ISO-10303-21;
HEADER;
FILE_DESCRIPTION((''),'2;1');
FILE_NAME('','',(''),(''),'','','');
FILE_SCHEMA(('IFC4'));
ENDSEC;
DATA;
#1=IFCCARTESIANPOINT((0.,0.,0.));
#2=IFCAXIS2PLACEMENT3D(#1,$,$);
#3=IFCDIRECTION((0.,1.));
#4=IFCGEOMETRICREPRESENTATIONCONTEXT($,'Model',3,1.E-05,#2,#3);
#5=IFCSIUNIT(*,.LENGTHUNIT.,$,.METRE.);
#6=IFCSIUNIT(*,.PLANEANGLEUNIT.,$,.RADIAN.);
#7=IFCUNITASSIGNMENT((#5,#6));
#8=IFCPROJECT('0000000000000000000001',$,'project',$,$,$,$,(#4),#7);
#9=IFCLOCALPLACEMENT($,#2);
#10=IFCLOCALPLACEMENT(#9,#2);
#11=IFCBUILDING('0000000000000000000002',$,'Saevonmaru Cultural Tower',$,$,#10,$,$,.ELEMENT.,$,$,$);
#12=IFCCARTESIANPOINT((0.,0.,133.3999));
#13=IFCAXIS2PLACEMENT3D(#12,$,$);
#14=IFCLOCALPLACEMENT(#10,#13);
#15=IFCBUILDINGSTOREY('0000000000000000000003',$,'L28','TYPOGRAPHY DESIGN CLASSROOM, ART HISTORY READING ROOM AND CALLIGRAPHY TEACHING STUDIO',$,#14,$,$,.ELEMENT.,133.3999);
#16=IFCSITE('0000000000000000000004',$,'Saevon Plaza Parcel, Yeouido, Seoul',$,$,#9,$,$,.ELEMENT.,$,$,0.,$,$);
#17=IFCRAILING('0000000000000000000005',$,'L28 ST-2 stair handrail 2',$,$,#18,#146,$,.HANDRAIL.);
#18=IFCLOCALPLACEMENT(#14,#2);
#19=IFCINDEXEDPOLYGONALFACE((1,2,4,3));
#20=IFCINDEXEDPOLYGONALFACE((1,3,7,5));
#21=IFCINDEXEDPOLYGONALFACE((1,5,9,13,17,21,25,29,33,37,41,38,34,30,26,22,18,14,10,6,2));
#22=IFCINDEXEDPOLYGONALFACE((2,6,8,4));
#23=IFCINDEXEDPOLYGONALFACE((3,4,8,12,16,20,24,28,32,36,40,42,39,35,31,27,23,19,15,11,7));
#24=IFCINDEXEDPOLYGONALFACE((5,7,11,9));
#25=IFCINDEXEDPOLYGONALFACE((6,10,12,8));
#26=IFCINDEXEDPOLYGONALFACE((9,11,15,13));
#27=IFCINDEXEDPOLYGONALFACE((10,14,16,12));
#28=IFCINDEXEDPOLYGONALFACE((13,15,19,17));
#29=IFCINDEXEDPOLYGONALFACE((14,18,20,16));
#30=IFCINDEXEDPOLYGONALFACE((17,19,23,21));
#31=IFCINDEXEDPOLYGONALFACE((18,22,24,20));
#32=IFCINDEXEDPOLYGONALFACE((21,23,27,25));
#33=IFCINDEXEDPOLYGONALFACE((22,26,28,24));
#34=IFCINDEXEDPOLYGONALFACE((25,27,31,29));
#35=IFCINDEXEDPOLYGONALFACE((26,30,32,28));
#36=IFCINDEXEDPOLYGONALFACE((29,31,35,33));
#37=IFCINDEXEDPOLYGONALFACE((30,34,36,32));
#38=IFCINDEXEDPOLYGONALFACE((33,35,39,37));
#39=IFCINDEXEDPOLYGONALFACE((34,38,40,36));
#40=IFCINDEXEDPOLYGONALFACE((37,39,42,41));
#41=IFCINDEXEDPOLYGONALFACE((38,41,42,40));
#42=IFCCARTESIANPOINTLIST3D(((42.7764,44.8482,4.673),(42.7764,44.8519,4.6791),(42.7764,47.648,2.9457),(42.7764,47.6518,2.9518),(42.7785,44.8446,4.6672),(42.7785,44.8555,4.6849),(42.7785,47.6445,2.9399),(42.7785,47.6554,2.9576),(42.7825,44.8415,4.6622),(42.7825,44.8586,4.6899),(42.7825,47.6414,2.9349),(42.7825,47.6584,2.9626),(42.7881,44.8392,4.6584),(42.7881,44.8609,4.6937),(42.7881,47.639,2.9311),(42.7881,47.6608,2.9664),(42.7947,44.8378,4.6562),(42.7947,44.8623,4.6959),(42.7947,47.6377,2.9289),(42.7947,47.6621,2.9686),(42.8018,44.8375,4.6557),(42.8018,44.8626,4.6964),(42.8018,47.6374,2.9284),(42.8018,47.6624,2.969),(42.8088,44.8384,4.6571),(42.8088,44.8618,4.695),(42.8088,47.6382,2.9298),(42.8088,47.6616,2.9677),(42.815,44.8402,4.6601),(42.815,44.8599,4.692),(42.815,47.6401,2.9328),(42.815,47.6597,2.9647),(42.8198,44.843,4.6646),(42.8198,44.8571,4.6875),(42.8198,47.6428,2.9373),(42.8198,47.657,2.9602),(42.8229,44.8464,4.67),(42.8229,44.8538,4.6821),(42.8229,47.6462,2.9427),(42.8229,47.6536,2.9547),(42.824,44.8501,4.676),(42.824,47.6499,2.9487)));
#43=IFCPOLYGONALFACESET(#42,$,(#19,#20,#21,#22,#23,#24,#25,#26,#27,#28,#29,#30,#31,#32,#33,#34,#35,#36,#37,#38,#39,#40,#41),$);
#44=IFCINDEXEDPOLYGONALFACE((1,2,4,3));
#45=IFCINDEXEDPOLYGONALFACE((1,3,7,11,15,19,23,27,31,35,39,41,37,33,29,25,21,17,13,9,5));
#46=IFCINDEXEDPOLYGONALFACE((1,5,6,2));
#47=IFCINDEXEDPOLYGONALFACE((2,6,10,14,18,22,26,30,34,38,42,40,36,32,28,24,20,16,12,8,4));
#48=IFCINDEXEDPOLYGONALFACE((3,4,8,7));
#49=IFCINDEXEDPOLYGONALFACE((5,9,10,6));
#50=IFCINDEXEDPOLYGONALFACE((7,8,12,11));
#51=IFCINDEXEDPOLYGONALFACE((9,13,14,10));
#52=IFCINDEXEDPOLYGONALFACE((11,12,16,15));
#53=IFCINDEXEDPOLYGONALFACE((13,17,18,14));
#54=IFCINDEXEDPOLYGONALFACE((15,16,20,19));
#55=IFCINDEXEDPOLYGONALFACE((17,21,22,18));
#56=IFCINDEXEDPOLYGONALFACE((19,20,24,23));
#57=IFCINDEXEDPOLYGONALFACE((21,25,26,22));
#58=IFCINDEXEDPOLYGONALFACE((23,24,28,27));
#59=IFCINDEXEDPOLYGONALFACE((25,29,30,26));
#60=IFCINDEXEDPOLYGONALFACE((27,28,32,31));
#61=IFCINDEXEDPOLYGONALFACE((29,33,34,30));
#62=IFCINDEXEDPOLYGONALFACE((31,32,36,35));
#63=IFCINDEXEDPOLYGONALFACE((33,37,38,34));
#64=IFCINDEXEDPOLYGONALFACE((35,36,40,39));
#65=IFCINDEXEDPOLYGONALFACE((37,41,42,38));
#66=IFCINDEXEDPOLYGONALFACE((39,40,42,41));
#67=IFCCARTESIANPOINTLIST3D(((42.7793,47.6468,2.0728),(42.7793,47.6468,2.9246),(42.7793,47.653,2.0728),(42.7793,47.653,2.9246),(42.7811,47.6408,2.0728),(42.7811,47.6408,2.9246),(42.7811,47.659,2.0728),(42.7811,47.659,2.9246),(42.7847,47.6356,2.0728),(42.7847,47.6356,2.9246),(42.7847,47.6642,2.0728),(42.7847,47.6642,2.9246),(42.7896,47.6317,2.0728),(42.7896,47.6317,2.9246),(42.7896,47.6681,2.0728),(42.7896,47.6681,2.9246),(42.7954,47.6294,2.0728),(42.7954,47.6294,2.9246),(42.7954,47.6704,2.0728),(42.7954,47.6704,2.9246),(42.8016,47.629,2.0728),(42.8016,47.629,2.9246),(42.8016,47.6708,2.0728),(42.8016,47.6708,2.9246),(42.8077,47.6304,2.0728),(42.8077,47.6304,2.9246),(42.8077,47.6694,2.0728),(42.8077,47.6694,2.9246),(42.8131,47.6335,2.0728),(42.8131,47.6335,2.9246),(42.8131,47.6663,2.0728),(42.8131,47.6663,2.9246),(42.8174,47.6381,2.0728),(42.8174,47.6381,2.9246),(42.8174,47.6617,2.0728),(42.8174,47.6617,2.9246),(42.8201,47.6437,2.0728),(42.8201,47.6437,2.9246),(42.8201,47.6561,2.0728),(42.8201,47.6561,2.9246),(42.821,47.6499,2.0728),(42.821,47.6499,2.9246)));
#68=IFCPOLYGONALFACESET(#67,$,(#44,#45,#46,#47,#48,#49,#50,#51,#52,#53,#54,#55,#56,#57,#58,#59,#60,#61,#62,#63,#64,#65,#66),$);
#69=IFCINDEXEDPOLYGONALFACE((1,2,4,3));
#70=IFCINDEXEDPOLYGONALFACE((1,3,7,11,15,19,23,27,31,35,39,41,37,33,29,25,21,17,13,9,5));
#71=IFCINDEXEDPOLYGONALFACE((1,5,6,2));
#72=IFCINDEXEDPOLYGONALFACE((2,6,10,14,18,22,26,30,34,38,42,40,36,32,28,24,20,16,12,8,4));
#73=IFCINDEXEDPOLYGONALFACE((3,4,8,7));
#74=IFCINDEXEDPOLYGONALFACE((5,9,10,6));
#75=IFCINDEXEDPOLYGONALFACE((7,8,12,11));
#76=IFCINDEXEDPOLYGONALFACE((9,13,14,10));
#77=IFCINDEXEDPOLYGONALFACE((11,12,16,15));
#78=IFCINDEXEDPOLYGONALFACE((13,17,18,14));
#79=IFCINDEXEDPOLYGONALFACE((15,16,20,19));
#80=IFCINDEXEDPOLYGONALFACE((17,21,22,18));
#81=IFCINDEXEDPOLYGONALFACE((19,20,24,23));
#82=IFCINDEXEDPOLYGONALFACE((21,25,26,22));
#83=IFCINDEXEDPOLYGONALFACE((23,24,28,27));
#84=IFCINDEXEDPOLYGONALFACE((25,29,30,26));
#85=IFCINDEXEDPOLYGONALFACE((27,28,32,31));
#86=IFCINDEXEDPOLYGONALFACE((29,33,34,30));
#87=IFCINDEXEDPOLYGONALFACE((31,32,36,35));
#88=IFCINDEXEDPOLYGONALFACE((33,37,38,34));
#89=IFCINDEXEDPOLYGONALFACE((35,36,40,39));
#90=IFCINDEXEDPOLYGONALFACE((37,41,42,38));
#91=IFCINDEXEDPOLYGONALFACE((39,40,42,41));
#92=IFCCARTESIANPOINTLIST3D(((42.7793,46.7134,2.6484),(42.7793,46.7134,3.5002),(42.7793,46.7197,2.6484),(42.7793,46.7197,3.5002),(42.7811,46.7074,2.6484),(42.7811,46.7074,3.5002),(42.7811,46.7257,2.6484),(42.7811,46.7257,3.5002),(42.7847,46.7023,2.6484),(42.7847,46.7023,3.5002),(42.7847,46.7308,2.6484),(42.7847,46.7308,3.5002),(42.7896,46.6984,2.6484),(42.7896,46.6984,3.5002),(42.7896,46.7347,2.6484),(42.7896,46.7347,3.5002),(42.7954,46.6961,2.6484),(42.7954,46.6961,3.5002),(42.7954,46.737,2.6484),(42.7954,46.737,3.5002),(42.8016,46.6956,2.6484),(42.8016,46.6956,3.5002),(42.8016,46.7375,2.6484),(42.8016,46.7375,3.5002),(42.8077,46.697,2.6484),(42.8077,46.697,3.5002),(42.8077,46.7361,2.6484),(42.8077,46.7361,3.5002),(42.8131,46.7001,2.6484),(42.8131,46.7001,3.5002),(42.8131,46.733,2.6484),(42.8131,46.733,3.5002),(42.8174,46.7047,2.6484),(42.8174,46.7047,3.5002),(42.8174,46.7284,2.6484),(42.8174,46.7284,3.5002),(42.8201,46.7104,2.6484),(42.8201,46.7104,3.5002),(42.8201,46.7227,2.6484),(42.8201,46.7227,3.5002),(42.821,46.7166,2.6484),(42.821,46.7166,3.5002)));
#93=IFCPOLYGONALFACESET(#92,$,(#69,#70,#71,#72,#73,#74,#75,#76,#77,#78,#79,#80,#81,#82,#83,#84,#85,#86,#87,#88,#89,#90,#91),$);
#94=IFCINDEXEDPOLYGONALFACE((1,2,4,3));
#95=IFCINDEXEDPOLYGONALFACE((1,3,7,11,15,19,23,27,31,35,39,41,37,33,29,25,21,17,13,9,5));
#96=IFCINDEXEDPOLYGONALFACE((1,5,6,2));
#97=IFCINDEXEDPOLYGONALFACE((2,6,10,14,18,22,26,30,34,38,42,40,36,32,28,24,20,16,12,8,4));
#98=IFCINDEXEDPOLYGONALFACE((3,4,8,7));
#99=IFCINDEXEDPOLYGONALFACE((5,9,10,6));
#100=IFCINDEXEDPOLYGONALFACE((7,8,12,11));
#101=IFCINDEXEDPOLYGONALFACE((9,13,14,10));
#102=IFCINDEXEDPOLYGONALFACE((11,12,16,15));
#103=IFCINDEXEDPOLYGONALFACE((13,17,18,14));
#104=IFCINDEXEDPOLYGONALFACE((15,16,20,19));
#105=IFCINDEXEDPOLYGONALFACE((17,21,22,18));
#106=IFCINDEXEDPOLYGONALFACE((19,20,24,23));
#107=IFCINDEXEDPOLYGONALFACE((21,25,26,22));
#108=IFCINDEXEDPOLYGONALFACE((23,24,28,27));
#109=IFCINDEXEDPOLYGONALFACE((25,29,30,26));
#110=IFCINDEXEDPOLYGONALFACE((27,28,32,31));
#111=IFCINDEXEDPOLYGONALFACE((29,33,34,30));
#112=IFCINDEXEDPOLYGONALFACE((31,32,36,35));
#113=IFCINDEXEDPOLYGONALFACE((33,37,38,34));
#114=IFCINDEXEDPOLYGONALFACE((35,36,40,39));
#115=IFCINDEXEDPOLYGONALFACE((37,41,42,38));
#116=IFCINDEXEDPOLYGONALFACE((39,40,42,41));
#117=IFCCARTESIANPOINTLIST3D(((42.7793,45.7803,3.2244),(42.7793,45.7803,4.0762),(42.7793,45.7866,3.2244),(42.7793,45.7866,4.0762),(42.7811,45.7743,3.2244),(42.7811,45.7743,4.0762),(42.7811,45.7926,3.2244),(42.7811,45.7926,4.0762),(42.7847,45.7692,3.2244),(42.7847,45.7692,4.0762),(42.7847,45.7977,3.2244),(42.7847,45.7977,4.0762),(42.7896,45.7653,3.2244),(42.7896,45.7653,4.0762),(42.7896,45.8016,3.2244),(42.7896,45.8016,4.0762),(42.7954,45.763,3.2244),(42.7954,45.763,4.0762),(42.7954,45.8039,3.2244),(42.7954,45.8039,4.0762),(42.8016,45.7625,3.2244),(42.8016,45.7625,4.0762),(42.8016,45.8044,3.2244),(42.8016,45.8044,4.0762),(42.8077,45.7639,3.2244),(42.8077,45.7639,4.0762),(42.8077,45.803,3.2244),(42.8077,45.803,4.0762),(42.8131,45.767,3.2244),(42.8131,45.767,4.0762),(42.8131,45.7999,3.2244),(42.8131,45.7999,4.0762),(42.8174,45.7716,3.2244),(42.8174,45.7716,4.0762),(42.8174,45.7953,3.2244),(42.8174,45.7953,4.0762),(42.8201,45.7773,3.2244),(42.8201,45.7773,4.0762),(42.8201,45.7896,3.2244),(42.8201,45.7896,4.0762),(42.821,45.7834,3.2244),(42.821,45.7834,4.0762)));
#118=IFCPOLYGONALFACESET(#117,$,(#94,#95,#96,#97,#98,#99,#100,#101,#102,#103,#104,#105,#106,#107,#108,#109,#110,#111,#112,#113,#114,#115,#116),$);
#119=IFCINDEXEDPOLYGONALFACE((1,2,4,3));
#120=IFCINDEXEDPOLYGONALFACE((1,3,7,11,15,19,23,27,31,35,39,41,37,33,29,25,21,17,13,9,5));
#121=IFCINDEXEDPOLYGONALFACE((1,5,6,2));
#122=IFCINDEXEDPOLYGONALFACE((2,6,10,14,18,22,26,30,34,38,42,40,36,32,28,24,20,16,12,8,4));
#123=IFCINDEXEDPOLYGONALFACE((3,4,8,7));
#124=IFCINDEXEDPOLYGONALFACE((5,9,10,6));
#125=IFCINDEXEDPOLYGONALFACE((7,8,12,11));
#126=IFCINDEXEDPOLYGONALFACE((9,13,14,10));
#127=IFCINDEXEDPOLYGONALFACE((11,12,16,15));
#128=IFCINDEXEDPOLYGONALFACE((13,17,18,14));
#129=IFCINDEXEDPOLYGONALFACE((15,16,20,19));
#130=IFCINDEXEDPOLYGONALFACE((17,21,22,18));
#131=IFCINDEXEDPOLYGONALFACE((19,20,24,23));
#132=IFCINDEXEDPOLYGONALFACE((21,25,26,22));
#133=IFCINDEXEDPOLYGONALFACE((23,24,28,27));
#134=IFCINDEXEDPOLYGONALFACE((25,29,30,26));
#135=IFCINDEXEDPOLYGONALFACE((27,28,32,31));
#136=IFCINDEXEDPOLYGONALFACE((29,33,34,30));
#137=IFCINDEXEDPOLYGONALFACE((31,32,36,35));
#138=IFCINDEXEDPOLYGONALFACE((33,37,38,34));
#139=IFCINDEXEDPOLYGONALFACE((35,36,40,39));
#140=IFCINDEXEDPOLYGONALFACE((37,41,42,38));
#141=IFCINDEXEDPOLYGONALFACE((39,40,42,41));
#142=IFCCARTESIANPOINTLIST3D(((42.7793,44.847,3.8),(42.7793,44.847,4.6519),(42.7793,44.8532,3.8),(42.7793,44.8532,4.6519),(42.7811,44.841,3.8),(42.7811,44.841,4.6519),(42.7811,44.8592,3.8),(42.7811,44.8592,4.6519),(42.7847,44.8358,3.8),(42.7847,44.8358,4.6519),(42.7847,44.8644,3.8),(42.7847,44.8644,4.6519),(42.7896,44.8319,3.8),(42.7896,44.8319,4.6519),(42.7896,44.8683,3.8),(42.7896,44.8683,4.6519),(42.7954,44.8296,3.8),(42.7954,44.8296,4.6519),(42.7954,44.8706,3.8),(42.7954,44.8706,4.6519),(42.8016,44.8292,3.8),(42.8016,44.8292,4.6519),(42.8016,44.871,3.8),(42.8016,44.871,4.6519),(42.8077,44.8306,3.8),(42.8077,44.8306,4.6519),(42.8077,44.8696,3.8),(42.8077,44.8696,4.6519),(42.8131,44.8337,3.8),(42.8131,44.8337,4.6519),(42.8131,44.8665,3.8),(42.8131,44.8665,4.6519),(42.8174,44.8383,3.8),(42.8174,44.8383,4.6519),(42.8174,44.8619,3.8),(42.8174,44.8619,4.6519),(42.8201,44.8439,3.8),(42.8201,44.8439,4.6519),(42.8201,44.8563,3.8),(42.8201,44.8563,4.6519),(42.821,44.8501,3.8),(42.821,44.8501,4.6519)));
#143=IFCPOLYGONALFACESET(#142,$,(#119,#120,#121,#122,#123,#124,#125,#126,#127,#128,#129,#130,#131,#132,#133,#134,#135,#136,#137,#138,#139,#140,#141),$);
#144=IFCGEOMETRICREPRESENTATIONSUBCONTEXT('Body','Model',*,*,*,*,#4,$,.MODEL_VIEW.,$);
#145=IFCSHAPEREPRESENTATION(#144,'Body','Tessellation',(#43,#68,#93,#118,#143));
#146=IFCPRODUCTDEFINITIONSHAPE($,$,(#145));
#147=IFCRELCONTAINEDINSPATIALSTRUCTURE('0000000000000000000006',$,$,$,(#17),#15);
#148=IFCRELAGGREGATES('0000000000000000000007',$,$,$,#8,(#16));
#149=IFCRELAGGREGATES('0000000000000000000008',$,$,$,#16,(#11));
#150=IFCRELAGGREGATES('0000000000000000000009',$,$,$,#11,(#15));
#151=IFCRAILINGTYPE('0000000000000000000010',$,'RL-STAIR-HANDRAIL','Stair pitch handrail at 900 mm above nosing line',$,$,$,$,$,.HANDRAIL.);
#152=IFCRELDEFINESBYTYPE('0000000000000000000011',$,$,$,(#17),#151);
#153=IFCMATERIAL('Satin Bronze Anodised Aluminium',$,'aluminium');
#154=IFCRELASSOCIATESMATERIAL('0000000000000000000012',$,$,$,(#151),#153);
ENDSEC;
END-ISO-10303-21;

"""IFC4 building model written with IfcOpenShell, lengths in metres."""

from ifc_helpers import new_model, si_unit, direction, frame, origin, origin_2d, place, context, subcontext, project, spatial, circle, extrude, material, type_object, element, save


model = new_model("IFC4")

# Units and contexts
model_context = context("Model", 3, precision=1e-05, world=origin(), true_north=direction((0.0, 1.0)))
body_context = subcontext(model_context, "Body", "Model", "MODEL_VIEW")
ifc_project = project(units=[si_unit("LENGTHUNIT", "METRE"), si_unit("PLANEANGLEUNIT", "RADIAN")], contexts=[model_context])

# Site, building, storey
site_placement = place(None, origin())
site = spatial("IfcSite", under=ifc_project, at=site_placement, Name="Saevon Plaza Parcel, Yeouido, Seoul", CompositionType="ELEMENT", RefElevation=0.0)
building_placement = place(site_placement, origin())
building = spatial("IfcBuilding", under=site, at=building_placement, Name="Saevonmaru Cultural Tower", CompositionType="ELEMENT")
storey_placement = place(building_placement, frame((0.0, 0.0, 133.3999)))
storey = spatial("IfcBuildingStorey", under=building, at=storey_placement, Name="L28", Description="TYPOGRAPHY DESIGN CLASSROOM, ART HISTORY READING ROOM AND CALLIGRAPHY TEACHING STUDIO", CompositionType="ELEMENT", Elevation=133.3999)

# Shared definitions
ifc_material_1 = material(Name="Satin Bronze Anodised Aluminium", Category="aluminium")

# Railing
railing_type_1 = type_object("IfcRailingType", Name="RL-STAIR-HANDRAIL", Description="Stair pitch handrail at 900 mm above nosing line", PredefinedType="HANDRAIL", material=ifc_material_1)
railing_1_placement = place(storey_placement, frame((42.8, 47.6499, 2.0728)))
element("IfcRailing", 1, at=railing_1_placement, inside=storey, type_object=railing_type_1, Name="L28 ST-2 stair handrail 2", PredefinedType="HANDRAIL", context=body_context, shape_type="SweptSolid", body=[
    extrude(circle(Radius=0.0239, at=origin_2d()), frame((0.0, 0.0, 0.876), z_axis=(0.0, -0.851069, 0.525054), x_axis=(1.0, 0.0, 0.0)), (0.0, 0.0, 1.0), 3.2898),
    extrude(circle(Radius=0.021, at=origin_2d()), origin(), (0.0, 0.0, 1.0), 0.8518),
    extrude(circle(Radius=0.021, at=origin_2d()), frame((0.0, -0.9333, 0.5757)), (0.0, 0.0, 1.0), 0.8518),
    extrude(circle(Radius=0.021, at=origin_2d()), frame((0.0, -1.8665, 1.1516)), (0.0, 0.0, 1.0), 0.8518),
    extrude(circle(Radius=0.021, at=origin_2d()), frame((0.0, -2.7998, 1.7273)), (0.0, 0.0, 1.0), 0.8518),
])

save(model, "model.ifc")
